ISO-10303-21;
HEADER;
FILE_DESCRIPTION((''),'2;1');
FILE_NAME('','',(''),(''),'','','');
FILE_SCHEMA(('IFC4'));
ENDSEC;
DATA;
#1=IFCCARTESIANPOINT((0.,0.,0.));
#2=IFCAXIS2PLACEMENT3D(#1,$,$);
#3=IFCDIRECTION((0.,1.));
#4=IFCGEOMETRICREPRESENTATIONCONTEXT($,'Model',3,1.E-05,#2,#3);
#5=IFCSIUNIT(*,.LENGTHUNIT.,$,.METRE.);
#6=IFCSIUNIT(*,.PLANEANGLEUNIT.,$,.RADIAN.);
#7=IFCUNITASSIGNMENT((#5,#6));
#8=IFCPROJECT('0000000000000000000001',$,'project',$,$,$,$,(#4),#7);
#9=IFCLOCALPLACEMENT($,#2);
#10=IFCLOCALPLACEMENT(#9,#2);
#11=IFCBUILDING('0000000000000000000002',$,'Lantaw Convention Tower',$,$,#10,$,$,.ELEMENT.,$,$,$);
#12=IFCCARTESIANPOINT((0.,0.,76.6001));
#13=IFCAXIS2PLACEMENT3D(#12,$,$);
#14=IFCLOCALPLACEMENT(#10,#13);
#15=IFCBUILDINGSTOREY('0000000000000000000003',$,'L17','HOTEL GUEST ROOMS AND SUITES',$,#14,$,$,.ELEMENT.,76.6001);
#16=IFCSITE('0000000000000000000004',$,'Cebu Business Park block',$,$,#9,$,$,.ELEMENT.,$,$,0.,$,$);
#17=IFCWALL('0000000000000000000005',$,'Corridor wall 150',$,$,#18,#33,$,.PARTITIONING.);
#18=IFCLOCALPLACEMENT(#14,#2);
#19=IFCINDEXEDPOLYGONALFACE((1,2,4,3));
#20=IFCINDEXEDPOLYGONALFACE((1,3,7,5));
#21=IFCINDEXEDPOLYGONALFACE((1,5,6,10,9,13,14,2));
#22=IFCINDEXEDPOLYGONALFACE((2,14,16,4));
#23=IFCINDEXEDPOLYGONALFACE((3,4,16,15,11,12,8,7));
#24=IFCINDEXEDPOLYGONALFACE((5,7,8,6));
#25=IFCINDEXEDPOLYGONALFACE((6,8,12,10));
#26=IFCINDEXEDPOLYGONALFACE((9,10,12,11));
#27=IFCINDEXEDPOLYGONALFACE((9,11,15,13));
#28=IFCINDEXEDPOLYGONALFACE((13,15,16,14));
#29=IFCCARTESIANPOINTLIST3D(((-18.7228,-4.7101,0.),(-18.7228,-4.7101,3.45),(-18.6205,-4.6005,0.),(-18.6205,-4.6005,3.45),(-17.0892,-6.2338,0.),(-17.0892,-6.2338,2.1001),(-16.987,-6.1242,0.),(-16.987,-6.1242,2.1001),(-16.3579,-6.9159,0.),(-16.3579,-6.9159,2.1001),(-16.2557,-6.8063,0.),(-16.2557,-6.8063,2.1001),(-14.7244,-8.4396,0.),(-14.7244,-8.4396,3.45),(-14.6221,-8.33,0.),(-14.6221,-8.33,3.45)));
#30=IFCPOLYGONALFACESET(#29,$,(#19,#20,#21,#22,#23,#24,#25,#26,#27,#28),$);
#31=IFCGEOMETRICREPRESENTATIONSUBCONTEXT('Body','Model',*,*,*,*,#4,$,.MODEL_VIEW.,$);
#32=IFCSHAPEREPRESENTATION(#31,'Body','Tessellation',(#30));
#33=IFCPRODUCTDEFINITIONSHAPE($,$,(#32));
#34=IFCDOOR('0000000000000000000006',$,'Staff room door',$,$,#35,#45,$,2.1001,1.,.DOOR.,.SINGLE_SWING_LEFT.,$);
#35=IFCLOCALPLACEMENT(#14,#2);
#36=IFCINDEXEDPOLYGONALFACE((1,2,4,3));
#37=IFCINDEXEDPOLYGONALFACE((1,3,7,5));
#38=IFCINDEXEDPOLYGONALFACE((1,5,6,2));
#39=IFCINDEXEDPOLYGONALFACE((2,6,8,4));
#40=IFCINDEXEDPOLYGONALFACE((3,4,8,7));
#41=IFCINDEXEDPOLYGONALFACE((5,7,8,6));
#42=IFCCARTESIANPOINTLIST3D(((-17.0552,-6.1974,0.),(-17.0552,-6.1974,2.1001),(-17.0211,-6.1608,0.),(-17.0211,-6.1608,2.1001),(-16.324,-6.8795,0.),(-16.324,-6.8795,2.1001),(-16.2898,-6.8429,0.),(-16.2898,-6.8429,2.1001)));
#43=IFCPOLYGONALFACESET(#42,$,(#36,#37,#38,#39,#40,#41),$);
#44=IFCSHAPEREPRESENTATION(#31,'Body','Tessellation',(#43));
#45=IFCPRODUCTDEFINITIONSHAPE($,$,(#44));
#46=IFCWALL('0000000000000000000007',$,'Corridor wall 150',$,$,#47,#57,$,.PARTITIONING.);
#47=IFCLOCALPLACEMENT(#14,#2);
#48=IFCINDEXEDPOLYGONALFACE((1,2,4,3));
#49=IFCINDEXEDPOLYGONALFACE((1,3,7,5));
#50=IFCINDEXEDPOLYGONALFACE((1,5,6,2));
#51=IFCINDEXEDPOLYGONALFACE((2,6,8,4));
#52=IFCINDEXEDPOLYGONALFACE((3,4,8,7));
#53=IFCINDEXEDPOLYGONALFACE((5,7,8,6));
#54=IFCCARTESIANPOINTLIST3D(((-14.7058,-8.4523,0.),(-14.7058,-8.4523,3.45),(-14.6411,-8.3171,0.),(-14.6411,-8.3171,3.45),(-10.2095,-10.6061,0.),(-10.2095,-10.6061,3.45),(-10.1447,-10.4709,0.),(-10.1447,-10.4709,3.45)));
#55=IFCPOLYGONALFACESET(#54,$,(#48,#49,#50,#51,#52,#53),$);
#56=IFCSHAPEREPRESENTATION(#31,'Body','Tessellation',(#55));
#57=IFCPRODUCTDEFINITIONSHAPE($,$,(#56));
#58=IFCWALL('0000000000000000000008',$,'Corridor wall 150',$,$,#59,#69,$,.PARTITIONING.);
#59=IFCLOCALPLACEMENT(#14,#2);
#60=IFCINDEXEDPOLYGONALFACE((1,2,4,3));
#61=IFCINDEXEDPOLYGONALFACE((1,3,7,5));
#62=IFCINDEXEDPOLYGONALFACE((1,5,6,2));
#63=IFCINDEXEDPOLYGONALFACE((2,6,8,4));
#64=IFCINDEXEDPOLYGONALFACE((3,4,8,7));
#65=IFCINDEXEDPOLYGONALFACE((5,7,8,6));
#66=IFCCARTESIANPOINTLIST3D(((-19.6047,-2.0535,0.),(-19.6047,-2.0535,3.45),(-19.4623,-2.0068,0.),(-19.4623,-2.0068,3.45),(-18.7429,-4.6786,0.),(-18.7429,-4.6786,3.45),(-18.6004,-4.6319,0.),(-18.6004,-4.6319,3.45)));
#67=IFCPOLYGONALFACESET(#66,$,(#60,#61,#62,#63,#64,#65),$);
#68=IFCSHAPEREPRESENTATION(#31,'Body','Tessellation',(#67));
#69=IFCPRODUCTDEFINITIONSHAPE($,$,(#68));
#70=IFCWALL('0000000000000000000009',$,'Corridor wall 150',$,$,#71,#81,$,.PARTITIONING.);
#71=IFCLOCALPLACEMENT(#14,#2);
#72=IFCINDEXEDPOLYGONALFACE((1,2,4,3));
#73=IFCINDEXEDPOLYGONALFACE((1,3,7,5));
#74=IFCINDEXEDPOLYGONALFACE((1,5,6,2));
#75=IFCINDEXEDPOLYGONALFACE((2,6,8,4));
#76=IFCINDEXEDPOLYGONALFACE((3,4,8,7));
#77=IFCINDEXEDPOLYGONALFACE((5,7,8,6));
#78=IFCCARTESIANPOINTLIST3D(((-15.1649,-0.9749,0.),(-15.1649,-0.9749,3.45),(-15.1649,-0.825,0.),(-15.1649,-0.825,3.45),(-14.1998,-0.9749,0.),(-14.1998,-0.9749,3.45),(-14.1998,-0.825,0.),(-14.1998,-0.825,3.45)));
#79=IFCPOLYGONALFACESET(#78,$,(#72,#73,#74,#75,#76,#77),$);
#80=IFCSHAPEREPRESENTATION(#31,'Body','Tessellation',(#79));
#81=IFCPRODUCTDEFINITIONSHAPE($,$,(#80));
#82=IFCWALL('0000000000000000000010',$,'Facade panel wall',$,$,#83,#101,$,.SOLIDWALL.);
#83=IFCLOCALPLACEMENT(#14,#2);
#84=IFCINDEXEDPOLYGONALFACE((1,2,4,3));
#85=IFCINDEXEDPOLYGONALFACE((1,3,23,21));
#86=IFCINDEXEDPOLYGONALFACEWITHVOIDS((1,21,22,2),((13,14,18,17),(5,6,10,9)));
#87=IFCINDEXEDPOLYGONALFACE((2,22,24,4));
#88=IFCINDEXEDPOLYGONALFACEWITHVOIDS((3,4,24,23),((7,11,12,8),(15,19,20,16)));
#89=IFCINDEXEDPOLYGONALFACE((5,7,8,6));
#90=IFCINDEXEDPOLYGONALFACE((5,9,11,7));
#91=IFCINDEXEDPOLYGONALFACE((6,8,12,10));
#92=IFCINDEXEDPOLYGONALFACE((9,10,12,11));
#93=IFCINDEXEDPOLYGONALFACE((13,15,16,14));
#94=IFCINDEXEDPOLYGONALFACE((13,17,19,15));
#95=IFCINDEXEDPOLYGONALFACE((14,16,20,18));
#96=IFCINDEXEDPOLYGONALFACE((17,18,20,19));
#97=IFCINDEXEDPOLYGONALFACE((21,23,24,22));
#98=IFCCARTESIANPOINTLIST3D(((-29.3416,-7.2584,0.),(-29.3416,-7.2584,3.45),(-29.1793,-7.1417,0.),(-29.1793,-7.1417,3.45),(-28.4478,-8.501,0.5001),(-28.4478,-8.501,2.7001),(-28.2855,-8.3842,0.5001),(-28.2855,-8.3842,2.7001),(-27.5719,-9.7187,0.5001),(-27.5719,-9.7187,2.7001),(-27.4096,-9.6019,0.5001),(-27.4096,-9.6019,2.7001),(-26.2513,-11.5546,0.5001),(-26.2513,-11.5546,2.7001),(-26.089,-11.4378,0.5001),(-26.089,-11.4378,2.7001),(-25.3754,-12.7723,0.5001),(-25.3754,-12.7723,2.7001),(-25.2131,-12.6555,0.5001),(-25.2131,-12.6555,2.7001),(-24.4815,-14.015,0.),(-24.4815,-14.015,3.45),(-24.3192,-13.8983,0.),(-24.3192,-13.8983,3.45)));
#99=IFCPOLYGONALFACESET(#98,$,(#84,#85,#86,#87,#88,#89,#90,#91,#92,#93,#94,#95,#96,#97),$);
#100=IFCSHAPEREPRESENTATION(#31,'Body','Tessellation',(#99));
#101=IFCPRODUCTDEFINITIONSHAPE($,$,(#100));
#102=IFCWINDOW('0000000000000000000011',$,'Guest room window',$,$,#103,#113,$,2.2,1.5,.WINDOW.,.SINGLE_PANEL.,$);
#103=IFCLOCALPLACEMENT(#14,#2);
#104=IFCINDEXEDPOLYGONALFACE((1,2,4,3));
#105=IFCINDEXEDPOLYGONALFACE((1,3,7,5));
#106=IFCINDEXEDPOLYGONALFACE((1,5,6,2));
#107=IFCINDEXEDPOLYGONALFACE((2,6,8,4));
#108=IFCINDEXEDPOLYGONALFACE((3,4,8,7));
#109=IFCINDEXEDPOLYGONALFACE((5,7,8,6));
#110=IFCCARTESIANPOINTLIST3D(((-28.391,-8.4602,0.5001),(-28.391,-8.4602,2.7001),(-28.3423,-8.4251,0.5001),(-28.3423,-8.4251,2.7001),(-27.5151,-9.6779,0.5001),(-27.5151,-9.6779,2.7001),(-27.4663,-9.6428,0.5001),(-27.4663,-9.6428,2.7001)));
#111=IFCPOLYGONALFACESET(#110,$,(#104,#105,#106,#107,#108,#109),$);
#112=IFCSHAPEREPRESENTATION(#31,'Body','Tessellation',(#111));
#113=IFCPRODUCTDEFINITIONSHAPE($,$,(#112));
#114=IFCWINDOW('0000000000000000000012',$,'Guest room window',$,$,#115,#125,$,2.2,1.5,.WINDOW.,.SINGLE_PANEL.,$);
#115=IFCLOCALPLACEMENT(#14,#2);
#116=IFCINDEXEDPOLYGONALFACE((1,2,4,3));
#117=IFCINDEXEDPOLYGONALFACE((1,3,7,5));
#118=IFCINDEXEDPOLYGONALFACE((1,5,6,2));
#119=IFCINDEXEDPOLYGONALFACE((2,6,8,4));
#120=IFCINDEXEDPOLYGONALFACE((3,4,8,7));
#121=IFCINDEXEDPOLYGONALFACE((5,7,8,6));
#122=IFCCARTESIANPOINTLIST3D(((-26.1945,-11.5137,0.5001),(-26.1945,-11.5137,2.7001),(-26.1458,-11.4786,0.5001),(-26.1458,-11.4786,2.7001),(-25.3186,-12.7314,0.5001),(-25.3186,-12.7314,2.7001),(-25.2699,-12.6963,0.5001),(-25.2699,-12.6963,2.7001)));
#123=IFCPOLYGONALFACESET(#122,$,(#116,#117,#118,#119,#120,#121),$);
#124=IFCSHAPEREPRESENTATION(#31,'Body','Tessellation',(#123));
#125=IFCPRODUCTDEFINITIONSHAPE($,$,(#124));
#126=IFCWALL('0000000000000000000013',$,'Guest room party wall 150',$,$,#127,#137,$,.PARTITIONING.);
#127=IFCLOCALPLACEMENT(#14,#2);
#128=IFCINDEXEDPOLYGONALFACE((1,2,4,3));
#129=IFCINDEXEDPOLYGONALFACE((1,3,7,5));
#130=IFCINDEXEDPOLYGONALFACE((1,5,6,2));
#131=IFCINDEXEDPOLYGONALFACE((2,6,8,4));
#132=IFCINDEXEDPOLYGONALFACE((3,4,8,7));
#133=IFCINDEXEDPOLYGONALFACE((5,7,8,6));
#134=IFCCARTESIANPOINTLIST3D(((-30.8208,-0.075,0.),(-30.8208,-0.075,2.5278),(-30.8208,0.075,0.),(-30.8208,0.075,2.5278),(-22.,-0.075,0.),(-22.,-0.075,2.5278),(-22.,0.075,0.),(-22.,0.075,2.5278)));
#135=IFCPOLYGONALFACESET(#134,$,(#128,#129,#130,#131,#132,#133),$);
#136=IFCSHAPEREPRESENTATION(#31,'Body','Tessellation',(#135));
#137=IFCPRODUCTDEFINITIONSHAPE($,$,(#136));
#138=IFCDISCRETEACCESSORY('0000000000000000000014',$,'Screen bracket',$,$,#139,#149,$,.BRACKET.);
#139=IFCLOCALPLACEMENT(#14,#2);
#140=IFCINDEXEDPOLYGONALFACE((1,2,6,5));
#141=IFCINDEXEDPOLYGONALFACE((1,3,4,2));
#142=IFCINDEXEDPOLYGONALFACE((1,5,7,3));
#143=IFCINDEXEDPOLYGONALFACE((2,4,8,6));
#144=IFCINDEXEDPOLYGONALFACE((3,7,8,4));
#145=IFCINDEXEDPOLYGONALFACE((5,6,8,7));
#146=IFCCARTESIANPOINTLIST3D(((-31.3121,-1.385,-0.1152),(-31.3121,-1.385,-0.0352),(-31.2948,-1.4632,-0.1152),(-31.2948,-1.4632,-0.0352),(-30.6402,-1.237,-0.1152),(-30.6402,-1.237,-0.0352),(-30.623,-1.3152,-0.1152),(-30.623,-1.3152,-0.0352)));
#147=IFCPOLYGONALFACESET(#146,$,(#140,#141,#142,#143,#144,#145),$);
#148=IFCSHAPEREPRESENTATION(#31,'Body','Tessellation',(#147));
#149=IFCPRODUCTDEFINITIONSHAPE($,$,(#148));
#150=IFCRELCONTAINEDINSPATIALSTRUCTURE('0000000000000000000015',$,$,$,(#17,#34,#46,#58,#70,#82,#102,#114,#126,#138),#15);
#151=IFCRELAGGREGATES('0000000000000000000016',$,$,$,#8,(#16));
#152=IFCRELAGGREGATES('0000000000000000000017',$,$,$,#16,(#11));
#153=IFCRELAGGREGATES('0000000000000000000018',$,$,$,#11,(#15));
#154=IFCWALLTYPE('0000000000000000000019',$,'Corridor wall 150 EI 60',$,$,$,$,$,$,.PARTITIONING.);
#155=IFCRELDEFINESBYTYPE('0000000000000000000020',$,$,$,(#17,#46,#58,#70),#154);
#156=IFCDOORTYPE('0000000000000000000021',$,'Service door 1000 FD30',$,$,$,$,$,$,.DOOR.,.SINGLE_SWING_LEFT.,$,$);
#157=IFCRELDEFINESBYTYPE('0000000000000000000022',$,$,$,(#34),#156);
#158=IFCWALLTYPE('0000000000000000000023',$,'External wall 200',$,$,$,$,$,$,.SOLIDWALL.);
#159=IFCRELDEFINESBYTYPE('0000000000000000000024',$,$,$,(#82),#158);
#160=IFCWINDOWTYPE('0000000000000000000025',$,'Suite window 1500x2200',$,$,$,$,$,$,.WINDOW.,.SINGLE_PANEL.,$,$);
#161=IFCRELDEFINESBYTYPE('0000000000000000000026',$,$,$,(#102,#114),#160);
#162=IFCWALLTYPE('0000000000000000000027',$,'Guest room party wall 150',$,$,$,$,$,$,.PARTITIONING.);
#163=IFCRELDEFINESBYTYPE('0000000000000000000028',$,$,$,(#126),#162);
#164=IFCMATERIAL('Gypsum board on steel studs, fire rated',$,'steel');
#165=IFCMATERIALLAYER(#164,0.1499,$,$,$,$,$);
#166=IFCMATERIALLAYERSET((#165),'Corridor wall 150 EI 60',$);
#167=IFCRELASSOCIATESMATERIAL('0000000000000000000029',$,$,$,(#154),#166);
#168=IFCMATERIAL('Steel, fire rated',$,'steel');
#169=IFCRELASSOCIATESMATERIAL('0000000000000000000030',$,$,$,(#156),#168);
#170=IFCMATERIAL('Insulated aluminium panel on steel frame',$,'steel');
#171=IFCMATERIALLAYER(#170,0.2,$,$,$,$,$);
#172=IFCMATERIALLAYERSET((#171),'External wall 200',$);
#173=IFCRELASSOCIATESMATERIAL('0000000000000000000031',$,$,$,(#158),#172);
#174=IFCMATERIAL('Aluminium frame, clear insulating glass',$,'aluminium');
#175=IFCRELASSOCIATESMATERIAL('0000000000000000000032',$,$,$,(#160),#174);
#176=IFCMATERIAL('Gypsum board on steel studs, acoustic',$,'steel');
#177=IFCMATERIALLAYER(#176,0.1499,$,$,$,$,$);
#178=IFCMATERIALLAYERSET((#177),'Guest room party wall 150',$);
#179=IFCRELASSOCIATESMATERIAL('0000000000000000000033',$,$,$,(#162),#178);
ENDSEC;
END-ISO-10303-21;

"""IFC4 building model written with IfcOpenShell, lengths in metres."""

from ifc_helpers import new_model, si_unit, direction, frame, frame_2d, origin, origin_2d, place, context, subcontext, project, spatial, rectangle, extrude, material, layer, layer_set, type_object, element, fill, save


model = new_model("IFC4")

# Units and contexts
model_context = context("Model", 3, precision=1e-05, world=origin(), true_north=direction((0.0, 1.0)))
body_context = subcontext(model_context, "Body", "Model", "MODEL_VIEW")
ifc_project = project(units=[si_unit("LENGTHUNIT", "METRE"), si_unit("PLANEANGLEUNIT", "RADIAN")], contexts=[model_context])

# Site, building, storey
site_placement = place(None, origin())
site = spatial("IfcSite", under=ifc_project, at=site_placement, Name="Cebu Business Park block", CompositionType="ELEMENT", RefElevation=0.0)
building_placement = place(site_placement, origin())
building = spatial("IfcBuilding", under=site, at=building_placement, Name="Lantaw Convention Tower", CompositionType="ELEMENT")
storey_placement = place(building_placement, frame((0.0, 0.0, 76.6001)))
storey = spatial("IfcBuildingStorey", under=building, at=storey_placement, Name="L17", Description="HOTEL GUEST ROOMS AND SUITES", CompositionType="ELEMENT", Elevation=76.6001)

# Shared definitions
ifc_material_1 = material(Name="Gypsum board on steel studs, fire rated", Category="steel")
ifc_layer_1 = layer(ifc_material_1, 0.1499)
ifc_layer_set_1 = layer_set([ifc_layer_1], Name="Corridor wall 150 EI 60")
wall_type_1 = type_object("IfcWallType", Name="Corridor wall 150 EI 60", PredefinedType="PARTITIONING", material=ifc_layer_set_1)

# Wall, opening, door
ifc_material_2 = material(Name="Steel, fire rated", Category="steel")
wall_1_placement = place(storey_placement, frame((-18.6716, -4.6553, 0.0), z_axis=(0.0, 0.0, 1.0), x_axis=(0.73126, -0.682099, 0.0)))
wall_1 = element("IfcWall", 1, at=wall_1_placement, inside=storey, type_object=wall_type_1, Name="Corridor wall 150", PredefinedType="PARTITIONING", context=body_context, shape_type="SweptSolid", body=[
    extrude(rectangle(XDim=5.4678, YDim=0.1499, at=frame_2d((2.7339, 0.0))), origin(), (0.0, 0.0, 1.0), 3.45),
])
opening_1_placement = place(wall_1_placement, frame((2.2339, 0.0, 0.0)))
opening_1 = element("IfcOpeningElement", 2, at=opening_1_placement, cuts=wall_1, PredefinedType="OPENING", context=body_context, shape_type="SweptSolid", body=[
    extrude(rectangle(XDim=1.0, YDim=2.1001, at=frame_2d((0.5, 1.05))), frame((0.0, 0.085, 0.0), z_axis=(0.0, -1.0, 0.0), x_axis=(1.0, 0.0, 0.0)), (0.0, 0.0, 1.0), 0.1699),
])
door_type_1 = type_object("IfcDoorType", Name="Service door 1000 FD30", OperationType="SINGLE_SWING_LEFT", PredefinedType="DOOR", material=ifc_material_2)
door_1_placement = place(opening_1_placement, origin())
door_1 = element("IfcDoor", 3, at=door_1_placement, inside=storey, type_object=door_type_1, Name="Staff room door", OperationType="SINGLE_SWING_LEFT", OverallHeight=2.1001, OverallWidth=1.0, PredefinedType="DOOR", context=body_context, shape_type="SweptSolid", body=[
    extrude(rectangle(XDim=1.0, YDim=2.1001, at=frame_2d((0.5, 1.05))), frame((0.0, 0.0249, 0.0), z_axis=(0.0, -1.0, 0.0), x_axis=(1.0, 0.0, 0.0)), (0.0, 0.0, 1.0), 0.05),
])
fill(opening_1, door_1)

# Walls
wall_2_placement = place(storey_placement, frame((-14.6733, -8.3848, 0.0), z_axis=(0.0, 0.0, 1.0), x_axis=(0.90187, -0.432008, 0.0)))
element("IfcWall", 4, at=wall_2_placement, inside=storey, type_object=wall_type_1, Name="Corridor wall 150", PredefinedType="PARTITIONING", context=body_context, shape_type="SweptSolid", body=[
    extrude(rectangle(XDim=4.9856, YDim=0.1499, at=frame_2d((2.4927, 0.0))), origin(), (0.0, 0.0, 1.0), 3.45),
])
wall_3_placement = place(storey_placement, frame((-19.5334, -2.0303, 0.0), z_axis=(0.0, 0.0, 1.0), x_axis=(0.31193, -0.950105, 0.0)))
element("IfcWall", 5, at=wall_3_placement, inside=storey, type_object=wall_type_1, Name="Corridor wall 150", PredefinedType="PARTITIONING", context=body_context, shape_type="SweptSolid", body=[
    extrude(rectangle(XDim=2.7629, YDim=0.1499, at=frame_2d((1.3813, 0.0))), origin(), (0.0, 0.0, 1.0), 3.45),
])
wall_4_placement = place(storey_placement, frame((-14.2, -0.8999, 0.0), z_axis=(0.0, 0.0, 1.0), x_axis=(-1.0, 0.0, 0.0)))
element("IfcWall", 6, at=wall_4_placement, inside=storey, type_object=wall_type_1, Name="Corridor wall 150", PredefinedType="PARTITIONING", context=body_context, shape_type="SweptSolid", body=[
    extrude(rectangle(XDim=0.9651, YDim=0.1499, at=frame_2d((0.4824, 0.0))), origin(), (0.0, 0.0, 1.0), 3.45),
])

# Wall, openings, windows
ifc_material_3 = material(Name="Insulated aluminium panel on steel frame", Category="steel")
ifc_layer_2 = layer(ifc_material_3, 0.2)
ifc_layer_set_2 = layer_set([ifc_layer_2], Name="External wall 200")
wall_type_2 = type_object("IfcWallType", Name="External wall 200", PredefinedType="SOLIDWALL", material=ifc_layer_set_2)
wall_5_placement = place(storey_placement, frame((-29.2605, -7.2, 0.0), z_axis=(0.0, 0.0, 1.0), x_axis=(0.583938, -0.811799, 0.0)))
wall_5 = element("IfcWall", 7, at=wall_5_placement, inside=storey, type_object=wall_type_2, Name="Facade panel wall", PredefinedType="SOLIDWALL", context=body_context, shape_type="SweptSolid", body=[
    extrude(rectangle(XDim=8.323, YDim=0.2, at=frame_2d((4.1616, 0.0))), origin(), (0.0, 0.0, 1.0), 3.45),
])
opening_2_placement = place(wall_5_placement, frame((1.5308, 0.0, 0.5)))
opening_2 = element("IfcOpeningElement", 8, at=opening_2_placement, cuts=wall_5, PredefinedType="OPENING", context=body_context, shape_type="SweptSolid", body=[
    extrude(rectangle(XDim=1.5, YDim=2.2, at=frame_2d((0.75, 1.1001))), frame((0.0, 0.1099, 0.0), z_axis=(0.0, -1.0, 0.0), x_axis=(1.0, 0.0, 0.0)), (0.0, 0.0, 1.0), 0.22),
])
opening_3_placement = place(wall_5_placement, frame((5.2922, 0.0, 0.5)))
opening_3 = element("IfcOpeningElement", 9, at=opening_3_placement, cuts=wall_5, PredefinedType="OPENING", context=body_context, shape_type="SweptSolid", body=[
    extrude(rectangle(XDim=1.5, YDim=2.2, at=frame_2d((0.75, 1.1001))), frame((0.0, 0.1099, 0.0), z_axis=(0.0, -1.0, 0.0), x_axis=(1.0, 0.0, 0.0)), (0.0, 0.0, 1.0), 0.22),
])
ifc_material_4 = material(Name="Aluminium frame, clear insulating glass", Category="aluminium")
window_type = type_object("IfcWindowType", Name="Suite window 1500x2200", PartitioningType="SINGLE_PANEL", PredefinedType="WINDOW", material=ifc_material_4)
window_1_placement = place(opening_2_placement, origin())
window_1 = element("IfcWindow", 10, at=window_1_placement, inside=storey, type_object=window_type, Name="Guest room window", OverallHeight=2.2, OverallWidth=1.5, PartitioningType="SINGLE_PANEL", PredefinedType="WINDOW", context=body_context, shape_type="SweptSolid", body=[
    extrude(rectangle(XDim=1.5, YDim=2.2, at=frame_2d((0.75, 1.1001))), frame((0.0, 0.03, 0.0), z_axis=(0.0, -1.0, 0.0), x_axis=(1.0, 0.0, 0.0)), (0.0, 0.0, 1.0), 0.0601),
])
fill(opening_2, window_1)
window_2_placement = place(opening_3_placement, origin())
window_2 = element("IfcWindow", 11, at=window_2_placement, inside=storey, type_object=window_type, Name="Guest room window", OverallHeight=2.2, OverallWidth=1.5, PartitioningType="SINGLE_PANEL", PredefinedType="WINDOW", context=body_context, shape_type="SweptSolid", body=[
    extrude(rectangle(XDim=1.5, YDim=2.2, at=frame_2d((0.75, 1.1001))), frame((0.0, 0.03, 0.0), z_axis=(0.0, -1.0, 0.0), x_axis=(1.0, 0.0, 0.0)), (0.0, 0.0, 1.0), 0.0601),
])
fill(opening_3, window_2)

# Wall
ifc_material_5 = material(Name="Gypsum board on steel studs, acoustic", Category="steel")
ifc_layer_3 = layer(ifc_material_5, 0.1499)
ifc_layer_set_3 = layer_set([ifc_layer_3], Name="Guest room party wall 150")
wall_type_3 = type_object("IfcWallType", Name="Guest room party wall 150", PredefinedType="PARTITIONING", material=ifc_layer_set_3)
wall_6_placement = place(storey_placement, frame((-30.8208, 0.0, 0.0), z_axis=(0.0, 0.0, 1.0), x_axis=(1.0, 0.0, 0.0)))
element("IfcWall", 12, at=wall_6_placement, inside=storey, type_object=wall_type_3, Name="Guest room party wall 150", PredefinedType="PARTITIONING", context=body_context, shape_type="SweptSolid", body=[
    extrude(rectangle(XDim=8.8208, YDim=0.1499, at=frame_2d((4.4104, 0.0))), origin(), (0.0, 0.0, 1.0), 2.5278),
])

# Discrete accessory
discrete_accessory_placement = place(storey_placement, frame((-30.9675, -1.3501, -0.1152), z_axis=(0.0, 0.0, 1.0), x_axis=(0.215246, -0.97656, 0.0)))
element("IfcDiscreteAccessory", 13, at=discrete_accessory_placement, inside=storey, Name="Screen bracket", PredefinedType="BRACKET", context=body_context, shape_type="SweptSolid", body=[
    extrude(rectangle(XDim=0.0801, YDim=0.688, at=origin_2d()), origin(), (0.0, 0.0, 1.0), 0.0801),
])

save(model, "model.ifc")
